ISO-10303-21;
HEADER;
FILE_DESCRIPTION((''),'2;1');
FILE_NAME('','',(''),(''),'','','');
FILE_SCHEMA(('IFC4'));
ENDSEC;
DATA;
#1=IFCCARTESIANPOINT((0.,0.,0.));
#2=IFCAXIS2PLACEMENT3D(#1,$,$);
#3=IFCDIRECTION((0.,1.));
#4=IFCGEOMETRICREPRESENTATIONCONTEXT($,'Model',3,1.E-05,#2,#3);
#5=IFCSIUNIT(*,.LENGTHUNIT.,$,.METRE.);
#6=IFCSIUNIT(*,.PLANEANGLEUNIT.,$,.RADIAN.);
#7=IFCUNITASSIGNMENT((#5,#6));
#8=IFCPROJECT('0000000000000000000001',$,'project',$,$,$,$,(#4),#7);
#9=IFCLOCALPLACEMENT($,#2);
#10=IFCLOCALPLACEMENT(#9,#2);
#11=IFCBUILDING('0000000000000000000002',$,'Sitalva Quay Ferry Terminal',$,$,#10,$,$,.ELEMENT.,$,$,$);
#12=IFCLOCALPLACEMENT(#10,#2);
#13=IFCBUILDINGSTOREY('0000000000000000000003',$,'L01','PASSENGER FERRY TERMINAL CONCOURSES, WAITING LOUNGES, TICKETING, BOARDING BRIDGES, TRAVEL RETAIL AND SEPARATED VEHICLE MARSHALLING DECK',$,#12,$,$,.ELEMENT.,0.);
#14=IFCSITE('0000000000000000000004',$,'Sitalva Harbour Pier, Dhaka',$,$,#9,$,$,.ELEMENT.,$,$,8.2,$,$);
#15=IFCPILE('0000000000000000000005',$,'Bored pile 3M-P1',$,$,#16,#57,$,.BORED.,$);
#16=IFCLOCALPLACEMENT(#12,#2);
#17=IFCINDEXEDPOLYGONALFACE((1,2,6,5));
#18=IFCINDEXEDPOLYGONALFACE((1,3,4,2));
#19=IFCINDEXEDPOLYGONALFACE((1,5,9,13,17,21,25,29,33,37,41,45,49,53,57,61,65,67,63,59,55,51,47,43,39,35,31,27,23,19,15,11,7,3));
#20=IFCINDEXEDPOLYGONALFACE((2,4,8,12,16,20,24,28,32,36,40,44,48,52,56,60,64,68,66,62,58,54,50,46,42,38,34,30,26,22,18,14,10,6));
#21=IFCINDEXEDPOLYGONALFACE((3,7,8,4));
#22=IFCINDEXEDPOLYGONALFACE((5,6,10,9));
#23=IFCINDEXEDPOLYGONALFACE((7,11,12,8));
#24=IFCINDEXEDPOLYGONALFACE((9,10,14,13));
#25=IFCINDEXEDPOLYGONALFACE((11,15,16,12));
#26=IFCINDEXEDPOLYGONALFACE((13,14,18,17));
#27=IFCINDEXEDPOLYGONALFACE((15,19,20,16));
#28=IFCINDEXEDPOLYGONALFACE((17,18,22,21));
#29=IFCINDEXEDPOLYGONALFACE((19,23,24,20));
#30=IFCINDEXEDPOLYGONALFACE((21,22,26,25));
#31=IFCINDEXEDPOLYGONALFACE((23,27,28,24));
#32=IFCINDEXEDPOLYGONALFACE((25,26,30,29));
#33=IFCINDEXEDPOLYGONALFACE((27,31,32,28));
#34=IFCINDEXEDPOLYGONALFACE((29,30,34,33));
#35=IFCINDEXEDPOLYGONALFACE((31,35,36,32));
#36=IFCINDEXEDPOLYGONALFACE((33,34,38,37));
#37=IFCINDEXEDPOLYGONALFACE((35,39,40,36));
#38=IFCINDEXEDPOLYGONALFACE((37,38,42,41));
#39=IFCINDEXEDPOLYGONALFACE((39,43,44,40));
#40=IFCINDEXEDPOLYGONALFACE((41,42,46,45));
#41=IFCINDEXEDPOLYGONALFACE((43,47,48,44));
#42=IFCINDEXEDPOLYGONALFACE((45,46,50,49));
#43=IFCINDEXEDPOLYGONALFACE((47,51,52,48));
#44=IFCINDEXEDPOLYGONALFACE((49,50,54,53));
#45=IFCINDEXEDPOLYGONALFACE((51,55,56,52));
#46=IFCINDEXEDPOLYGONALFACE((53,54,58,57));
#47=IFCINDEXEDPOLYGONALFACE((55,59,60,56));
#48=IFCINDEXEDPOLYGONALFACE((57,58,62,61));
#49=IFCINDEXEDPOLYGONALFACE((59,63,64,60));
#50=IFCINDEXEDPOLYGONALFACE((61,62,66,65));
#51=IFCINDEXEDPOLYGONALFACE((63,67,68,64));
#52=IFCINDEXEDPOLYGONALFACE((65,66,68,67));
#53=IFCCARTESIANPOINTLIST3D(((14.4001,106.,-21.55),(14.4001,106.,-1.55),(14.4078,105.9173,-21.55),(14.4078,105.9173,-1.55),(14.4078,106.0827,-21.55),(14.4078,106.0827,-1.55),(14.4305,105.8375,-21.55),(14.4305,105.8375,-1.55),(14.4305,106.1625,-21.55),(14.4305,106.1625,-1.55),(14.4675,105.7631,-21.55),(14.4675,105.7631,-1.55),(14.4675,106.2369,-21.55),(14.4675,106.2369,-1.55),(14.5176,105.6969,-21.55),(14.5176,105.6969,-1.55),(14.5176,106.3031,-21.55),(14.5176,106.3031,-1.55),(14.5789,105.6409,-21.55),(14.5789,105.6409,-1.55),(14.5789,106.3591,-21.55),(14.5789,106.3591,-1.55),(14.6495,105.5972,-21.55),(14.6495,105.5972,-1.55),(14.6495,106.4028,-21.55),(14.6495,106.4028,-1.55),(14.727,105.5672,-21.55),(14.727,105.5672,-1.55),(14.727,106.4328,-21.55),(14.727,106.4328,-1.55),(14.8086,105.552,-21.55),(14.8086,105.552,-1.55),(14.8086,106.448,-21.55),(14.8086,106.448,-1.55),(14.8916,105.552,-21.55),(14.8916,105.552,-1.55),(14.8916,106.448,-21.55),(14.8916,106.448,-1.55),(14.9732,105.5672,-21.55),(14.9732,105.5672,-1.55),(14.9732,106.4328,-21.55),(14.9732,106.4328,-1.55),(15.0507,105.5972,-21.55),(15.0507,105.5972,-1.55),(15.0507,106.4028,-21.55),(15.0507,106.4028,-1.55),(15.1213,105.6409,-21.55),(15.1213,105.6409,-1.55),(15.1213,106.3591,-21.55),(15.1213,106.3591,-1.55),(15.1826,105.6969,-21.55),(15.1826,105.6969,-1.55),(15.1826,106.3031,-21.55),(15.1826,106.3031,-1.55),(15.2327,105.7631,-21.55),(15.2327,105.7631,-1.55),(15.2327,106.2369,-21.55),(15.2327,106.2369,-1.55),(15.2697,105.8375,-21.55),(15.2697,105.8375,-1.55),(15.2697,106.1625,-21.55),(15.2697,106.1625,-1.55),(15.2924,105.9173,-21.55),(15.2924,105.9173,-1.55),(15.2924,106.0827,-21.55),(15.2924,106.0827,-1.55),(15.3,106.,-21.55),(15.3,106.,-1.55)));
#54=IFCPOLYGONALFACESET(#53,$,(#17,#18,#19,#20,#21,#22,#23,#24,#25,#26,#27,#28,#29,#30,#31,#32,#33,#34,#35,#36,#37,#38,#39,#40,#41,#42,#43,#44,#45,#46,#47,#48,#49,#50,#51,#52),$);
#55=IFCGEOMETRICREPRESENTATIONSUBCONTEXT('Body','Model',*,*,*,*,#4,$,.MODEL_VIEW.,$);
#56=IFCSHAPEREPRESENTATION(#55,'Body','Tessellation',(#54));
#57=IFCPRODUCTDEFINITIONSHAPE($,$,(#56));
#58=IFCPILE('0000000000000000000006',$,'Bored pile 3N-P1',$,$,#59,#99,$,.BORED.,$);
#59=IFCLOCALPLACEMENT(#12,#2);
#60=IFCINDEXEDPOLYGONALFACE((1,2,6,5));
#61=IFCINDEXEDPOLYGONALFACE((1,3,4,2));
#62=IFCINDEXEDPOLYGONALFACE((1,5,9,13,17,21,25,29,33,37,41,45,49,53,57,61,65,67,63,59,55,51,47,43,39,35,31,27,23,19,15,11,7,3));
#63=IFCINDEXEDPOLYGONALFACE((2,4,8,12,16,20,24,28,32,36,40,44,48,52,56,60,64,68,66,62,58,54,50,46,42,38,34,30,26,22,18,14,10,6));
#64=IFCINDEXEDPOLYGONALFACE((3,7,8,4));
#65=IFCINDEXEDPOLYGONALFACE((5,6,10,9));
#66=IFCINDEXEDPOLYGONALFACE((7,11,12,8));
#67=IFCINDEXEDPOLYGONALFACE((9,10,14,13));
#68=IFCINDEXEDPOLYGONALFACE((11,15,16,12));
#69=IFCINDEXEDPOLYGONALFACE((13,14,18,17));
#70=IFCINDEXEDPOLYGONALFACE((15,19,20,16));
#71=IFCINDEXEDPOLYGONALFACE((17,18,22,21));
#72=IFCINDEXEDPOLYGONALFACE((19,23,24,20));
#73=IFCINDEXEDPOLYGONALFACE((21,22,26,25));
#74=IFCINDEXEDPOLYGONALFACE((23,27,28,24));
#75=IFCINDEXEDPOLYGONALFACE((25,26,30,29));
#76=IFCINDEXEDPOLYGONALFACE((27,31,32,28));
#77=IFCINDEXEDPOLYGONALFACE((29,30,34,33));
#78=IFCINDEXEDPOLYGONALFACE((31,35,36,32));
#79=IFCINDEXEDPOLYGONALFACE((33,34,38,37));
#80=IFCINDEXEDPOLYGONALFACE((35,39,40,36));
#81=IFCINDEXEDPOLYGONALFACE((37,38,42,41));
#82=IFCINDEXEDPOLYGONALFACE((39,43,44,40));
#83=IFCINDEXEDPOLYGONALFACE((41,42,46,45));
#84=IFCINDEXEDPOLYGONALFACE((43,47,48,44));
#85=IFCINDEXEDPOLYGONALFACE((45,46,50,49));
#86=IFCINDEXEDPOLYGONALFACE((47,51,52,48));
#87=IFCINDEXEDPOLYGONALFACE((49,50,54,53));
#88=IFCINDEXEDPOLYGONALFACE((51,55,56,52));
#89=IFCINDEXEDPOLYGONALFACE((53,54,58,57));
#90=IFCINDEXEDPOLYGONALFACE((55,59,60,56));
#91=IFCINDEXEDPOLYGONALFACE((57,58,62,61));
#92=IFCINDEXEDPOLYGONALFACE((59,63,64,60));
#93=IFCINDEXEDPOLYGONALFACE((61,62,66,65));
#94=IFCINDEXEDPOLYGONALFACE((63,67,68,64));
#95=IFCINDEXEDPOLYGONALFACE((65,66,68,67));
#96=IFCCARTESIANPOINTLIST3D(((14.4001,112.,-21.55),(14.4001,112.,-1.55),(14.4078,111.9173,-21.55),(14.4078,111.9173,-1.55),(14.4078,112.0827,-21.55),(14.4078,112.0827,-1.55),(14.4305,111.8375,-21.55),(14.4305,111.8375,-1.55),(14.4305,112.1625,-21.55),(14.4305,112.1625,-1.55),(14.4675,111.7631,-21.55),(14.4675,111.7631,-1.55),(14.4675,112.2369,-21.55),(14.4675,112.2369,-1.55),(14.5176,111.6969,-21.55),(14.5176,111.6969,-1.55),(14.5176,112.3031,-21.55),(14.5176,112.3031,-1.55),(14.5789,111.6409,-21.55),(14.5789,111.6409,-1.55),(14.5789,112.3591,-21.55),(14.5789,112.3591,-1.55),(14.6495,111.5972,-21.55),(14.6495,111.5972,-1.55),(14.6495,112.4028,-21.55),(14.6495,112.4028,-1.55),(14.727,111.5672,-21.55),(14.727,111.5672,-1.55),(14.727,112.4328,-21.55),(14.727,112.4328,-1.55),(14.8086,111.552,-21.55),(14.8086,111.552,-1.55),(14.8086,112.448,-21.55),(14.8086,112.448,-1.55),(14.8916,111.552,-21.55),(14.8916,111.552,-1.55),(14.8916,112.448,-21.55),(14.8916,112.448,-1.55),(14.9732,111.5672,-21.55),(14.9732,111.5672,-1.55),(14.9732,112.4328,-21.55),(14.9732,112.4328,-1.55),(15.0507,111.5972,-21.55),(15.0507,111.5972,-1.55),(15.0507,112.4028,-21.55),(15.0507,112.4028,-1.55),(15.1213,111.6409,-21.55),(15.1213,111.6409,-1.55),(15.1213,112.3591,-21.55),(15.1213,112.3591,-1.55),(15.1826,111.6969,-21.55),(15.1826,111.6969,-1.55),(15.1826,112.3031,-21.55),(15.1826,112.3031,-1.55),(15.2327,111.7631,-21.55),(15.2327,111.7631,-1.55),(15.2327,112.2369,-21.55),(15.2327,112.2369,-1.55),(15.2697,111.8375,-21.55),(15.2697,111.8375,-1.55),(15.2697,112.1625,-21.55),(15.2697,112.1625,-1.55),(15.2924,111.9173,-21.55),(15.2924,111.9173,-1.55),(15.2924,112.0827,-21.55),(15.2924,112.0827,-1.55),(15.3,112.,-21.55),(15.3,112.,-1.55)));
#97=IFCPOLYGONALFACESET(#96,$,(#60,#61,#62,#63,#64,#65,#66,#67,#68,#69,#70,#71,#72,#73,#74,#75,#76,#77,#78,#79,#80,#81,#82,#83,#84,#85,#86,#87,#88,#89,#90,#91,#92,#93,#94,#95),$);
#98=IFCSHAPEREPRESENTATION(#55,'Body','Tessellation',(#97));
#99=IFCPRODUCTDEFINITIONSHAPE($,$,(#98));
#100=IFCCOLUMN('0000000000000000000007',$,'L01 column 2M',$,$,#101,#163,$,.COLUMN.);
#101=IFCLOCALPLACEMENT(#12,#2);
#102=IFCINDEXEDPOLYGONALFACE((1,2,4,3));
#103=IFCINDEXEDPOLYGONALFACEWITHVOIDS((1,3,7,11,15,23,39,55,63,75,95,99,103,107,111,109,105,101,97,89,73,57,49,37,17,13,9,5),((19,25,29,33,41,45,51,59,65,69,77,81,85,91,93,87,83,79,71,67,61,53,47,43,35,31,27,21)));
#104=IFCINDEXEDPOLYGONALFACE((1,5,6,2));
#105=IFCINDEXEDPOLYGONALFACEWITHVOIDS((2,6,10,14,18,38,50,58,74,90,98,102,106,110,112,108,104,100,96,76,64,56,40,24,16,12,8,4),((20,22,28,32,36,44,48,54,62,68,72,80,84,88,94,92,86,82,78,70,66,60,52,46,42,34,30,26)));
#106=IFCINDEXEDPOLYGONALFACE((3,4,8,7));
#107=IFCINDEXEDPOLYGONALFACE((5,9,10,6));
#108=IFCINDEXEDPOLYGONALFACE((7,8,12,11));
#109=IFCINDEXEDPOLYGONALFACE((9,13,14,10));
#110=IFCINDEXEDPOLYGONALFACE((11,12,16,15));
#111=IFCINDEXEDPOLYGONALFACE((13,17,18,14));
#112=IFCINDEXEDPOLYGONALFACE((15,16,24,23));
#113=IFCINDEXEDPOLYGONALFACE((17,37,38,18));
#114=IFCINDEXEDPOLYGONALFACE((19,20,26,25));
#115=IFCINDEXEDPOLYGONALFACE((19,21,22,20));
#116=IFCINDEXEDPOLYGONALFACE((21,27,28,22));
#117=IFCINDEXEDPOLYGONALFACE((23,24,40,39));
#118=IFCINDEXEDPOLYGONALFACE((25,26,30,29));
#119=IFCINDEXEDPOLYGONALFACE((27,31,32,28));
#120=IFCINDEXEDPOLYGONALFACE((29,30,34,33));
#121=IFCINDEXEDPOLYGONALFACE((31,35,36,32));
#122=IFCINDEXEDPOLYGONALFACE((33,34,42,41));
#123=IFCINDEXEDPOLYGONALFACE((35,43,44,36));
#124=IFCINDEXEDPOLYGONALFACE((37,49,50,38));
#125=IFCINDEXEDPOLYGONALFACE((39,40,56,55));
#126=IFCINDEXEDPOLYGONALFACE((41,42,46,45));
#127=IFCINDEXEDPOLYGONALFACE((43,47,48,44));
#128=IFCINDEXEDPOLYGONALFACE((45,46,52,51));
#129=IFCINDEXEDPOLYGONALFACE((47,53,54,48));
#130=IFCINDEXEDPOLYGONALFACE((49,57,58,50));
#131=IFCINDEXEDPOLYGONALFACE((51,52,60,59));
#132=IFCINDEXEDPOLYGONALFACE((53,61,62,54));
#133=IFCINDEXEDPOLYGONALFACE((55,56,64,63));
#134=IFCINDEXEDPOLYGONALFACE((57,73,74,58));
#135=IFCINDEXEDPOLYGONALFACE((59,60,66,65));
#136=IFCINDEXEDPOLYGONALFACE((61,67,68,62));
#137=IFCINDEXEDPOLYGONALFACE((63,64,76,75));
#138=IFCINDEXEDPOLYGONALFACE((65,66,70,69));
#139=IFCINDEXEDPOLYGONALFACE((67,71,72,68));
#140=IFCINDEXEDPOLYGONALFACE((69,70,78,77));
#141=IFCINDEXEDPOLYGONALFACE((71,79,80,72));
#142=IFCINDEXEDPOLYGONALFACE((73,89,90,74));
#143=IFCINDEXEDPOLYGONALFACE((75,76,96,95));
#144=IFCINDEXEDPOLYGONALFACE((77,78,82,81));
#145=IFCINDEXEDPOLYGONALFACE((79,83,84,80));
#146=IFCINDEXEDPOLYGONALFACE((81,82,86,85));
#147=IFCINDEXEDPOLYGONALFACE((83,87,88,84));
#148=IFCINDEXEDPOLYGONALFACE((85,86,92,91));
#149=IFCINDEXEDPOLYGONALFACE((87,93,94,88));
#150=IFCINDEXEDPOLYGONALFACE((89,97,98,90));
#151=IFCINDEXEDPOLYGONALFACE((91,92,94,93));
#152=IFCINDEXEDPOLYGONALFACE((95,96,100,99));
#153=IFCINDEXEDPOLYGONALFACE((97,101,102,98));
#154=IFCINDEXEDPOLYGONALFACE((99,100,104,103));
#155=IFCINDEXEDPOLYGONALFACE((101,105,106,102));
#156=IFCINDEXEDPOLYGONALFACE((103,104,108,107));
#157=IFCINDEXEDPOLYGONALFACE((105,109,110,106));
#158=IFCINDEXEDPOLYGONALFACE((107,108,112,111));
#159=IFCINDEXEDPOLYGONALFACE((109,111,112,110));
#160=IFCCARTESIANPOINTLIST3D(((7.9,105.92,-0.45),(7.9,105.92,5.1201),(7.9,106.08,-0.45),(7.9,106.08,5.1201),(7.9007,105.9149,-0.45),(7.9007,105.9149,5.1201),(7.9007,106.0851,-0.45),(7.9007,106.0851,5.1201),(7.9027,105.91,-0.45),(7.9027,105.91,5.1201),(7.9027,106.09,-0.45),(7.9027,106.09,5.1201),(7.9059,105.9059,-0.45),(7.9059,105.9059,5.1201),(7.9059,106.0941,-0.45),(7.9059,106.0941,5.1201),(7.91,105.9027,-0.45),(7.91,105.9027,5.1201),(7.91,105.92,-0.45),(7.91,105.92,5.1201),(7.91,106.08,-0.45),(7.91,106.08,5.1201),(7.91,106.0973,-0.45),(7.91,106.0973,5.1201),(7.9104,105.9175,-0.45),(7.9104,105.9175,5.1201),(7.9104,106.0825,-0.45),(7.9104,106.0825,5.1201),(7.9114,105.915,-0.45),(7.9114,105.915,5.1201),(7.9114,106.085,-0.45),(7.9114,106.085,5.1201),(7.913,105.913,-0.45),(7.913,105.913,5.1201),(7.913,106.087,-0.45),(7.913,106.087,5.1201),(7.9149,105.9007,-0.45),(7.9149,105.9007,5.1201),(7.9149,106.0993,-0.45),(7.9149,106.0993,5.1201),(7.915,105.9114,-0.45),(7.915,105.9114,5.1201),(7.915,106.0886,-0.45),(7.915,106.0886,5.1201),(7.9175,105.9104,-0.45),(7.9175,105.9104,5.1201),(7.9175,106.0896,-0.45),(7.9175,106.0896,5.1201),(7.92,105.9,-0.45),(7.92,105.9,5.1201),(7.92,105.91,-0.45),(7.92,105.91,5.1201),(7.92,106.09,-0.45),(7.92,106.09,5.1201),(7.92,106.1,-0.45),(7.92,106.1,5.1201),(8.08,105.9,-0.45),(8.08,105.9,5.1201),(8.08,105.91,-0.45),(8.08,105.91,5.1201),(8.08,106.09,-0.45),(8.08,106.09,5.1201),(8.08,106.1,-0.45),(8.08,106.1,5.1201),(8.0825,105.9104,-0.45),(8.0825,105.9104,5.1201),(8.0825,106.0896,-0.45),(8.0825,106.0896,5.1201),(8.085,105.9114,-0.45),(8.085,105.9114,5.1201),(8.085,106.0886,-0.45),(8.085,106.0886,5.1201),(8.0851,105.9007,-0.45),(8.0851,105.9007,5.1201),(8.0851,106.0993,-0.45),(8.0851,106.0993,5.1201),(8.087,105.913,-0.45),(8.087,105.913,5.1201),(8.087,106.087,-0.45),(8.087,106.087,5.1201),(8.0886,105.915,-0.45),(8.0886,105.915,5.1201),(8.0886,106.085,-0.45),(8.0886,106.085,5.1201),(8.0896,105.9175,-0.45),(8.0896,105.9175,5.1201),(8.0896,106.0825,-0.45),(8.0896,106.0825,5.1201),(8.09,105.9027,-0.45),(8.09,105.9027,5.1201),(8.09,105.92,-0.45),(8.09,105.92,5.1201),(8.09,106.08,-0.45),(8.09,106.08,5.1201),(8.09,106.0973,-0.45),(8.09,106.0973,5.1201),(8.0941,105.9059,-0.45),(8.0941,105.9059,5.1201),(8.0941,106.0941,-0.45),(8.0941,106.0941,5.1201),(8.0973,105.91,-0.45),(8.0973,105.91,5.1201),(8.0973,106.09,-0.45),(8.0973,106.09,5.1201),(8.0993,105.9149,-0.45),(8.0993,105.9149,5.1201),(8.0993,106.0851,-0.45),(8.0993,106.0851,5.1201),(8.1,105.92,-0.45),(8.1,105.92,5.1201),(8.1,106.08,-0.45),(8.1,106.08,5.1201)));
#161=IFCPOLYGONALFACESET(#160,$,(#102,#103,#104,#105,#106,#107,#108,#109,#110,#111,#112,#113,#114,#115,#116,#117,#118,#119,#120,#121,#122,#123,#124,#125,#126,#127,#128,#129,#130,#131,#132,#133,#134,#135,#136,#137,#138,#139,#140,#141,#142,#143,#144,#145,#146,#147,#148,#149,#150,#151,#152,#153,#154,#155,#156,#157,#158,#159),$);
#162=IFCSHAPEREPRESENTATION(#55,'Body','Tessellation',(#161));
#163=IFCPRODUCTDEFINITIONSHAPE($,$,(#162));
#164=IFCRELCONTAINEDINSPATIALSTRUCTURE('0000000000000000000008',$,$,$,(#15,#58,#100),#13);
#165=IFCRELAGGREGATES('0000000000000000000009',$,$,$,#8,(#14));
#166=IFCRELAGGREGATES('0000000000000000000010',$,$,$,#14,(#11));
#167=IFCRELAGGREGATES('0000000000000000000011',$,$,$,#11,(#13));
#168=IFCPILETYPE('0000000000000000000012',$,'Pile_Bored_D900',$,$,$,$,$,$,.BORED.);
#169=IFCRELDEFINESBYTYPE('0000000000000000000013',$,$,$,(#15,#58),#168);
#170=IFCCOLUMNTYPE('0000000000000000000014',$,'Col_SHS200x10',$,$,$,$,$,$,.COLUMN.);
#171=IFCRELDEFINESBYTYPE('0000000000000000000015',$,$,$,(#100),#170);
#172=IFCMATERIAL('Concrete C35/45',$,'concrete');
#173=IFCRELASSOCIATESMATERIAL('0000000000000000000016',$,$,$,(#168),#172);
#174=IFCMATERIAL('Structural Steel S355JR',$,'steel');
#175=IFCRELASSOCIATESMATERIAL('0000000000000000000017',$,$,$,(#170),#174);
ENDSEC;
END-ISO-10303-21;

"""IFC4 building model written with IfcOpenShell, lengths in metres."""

from ifc_helpers import new_model, si_unit, direction, frame, origin, origin_2d, place, context, subcontext, project, spatial, hollow_rectangle, circle, extrude, material, material_profile, profile_set, type_object, element, save


model = new_model("IFC4")

# Units and contexts
model_context = context("Model", 3, precision=1e-05, world=origin(), true_north=direction((0.0, 1.0)))
body_context = subcontext(model_context, "Body", "Model", "MODEL_VIEW")
ifc_project = project(units=[si_unit("LENGTHUNIT", "METRE"), si_unit("PLANEANGLEUNIT", "RADIAN")], contexts=[model_context])

# Site, building, storey
site_placement = place(None, origin())
site = spatial("IfcSite", under=ifc_project, at=site_placement, Name="Sitalva Harbour Pier, Dhaka", CompositionType="ELEMENT", RefElevation=8.2)
building_placement = place(site_placement, origin())
building = spatial("IfcBuilding", under=site, at=building_placement, Name="Sitalva Quay Ferry Terminal", CompositionType="ELEMENT")
storey_placement = place(building_placement, origin())
storey = spatial("IfcBuildingStorey", under=building, at=storey_placement, Name="L01", Description="PASSENGER FERRY TERMINAL CONCOURSES, WAITING LOUNGES, TICKETING, BOARDING BRIDGES, TRAVEL RETAIL AND SEPARATED VEHICLE MARSHALLING DECK", CompositionType="ELEMENT", Elevation=0.0)

# Piles
ifc_material_1 = material(Name="Concrete C35/45", Category="concrete")
ifc_material_profile_1 = material_profile(ifc_material_1, circle(Radius=0.45, at=origin_2d()), Name="PILE-D900")
ifc_profile_set_1 = profile_set([ifc_material_profile_1], Name="Concrete C35/45")
pile_type = type_object("IfcPileType", Name="Pile_Bored_D900", PredefinedType="BORED", material=ifc_profile_set_1)
for number, where, z_axis, x_axis, name in (
    (1, (14.8501, 106.0, -1.55), (0.0, 0.0, -1.0), (1.0, 0.0, 0.0), "Bored pile 3M-P1"),
    (2, (14.8501, 112.0, -1.55), (0.0, 0.0, -1.0), (1.0, 0.0, 0.0), "Bored pile 3N-P1"),
):
    element("IfcPile", number, at=place(storey_placement, frame(where, z_axis=z_axis, x_axis=x_axis)), inside=storey, type_object=pile_type, Name=name, PredefinedType="BORED", context=body_context, shape_type="SweptSolid", body=[
        extrude(circle(Radius=0.45, at=origin_2d()), origin(), (0.0, 0.0, 1.0), 20.0),
    ])

# Column
ifc_material_2 = material(Name="Structural Steel S355JR", Category="steel")
ifc_material_profile_2 = material_profile(ifc_material_2, hollow_rectangle(XDim=0.2, YDim=0.2, WallThickness=0.01, InnerFilletRadius=0.01, OuterFilletRadius=0.02, at=origin_2d()), Name="SHS200x200x10")
ifc_profile_set_2 = profile_set([ifc_material_profile_2], Name="Structural Steel S355JR")
column_type = type_object("IfcColumnType", Name="Col_SHS200x10", PredefinedType="COLUMN", material=ifc_profile_set_2)
for number, where, z_axis, x_axis, name in (
    (3, (8.0, 106.0, -0.45), (0.0, 0.0, 1.0), (1.0, 0.0, 0.0), "L01 column 2M"),
):
    element("IfcColumn", number, at=place(storey_placement, frame(where, z_axis=z_axis, x_axis=x_axis)), inside=storey, type_object=column_type, Name=name, PredefinedType="COLUMN", context=body_context, shape_type="SweptSolid", body=[
        extrude(hollow_rectangle(XDim=0.2, YDim=0.2, WallThickness=0.01, InnerFilletRadius=0.01, OuterFilletRadius=0.02, at=origin_2d()), origin(), (0.0, 0.0, 1.0), 5.5701),
    ])

save(model, "model.ifc")
